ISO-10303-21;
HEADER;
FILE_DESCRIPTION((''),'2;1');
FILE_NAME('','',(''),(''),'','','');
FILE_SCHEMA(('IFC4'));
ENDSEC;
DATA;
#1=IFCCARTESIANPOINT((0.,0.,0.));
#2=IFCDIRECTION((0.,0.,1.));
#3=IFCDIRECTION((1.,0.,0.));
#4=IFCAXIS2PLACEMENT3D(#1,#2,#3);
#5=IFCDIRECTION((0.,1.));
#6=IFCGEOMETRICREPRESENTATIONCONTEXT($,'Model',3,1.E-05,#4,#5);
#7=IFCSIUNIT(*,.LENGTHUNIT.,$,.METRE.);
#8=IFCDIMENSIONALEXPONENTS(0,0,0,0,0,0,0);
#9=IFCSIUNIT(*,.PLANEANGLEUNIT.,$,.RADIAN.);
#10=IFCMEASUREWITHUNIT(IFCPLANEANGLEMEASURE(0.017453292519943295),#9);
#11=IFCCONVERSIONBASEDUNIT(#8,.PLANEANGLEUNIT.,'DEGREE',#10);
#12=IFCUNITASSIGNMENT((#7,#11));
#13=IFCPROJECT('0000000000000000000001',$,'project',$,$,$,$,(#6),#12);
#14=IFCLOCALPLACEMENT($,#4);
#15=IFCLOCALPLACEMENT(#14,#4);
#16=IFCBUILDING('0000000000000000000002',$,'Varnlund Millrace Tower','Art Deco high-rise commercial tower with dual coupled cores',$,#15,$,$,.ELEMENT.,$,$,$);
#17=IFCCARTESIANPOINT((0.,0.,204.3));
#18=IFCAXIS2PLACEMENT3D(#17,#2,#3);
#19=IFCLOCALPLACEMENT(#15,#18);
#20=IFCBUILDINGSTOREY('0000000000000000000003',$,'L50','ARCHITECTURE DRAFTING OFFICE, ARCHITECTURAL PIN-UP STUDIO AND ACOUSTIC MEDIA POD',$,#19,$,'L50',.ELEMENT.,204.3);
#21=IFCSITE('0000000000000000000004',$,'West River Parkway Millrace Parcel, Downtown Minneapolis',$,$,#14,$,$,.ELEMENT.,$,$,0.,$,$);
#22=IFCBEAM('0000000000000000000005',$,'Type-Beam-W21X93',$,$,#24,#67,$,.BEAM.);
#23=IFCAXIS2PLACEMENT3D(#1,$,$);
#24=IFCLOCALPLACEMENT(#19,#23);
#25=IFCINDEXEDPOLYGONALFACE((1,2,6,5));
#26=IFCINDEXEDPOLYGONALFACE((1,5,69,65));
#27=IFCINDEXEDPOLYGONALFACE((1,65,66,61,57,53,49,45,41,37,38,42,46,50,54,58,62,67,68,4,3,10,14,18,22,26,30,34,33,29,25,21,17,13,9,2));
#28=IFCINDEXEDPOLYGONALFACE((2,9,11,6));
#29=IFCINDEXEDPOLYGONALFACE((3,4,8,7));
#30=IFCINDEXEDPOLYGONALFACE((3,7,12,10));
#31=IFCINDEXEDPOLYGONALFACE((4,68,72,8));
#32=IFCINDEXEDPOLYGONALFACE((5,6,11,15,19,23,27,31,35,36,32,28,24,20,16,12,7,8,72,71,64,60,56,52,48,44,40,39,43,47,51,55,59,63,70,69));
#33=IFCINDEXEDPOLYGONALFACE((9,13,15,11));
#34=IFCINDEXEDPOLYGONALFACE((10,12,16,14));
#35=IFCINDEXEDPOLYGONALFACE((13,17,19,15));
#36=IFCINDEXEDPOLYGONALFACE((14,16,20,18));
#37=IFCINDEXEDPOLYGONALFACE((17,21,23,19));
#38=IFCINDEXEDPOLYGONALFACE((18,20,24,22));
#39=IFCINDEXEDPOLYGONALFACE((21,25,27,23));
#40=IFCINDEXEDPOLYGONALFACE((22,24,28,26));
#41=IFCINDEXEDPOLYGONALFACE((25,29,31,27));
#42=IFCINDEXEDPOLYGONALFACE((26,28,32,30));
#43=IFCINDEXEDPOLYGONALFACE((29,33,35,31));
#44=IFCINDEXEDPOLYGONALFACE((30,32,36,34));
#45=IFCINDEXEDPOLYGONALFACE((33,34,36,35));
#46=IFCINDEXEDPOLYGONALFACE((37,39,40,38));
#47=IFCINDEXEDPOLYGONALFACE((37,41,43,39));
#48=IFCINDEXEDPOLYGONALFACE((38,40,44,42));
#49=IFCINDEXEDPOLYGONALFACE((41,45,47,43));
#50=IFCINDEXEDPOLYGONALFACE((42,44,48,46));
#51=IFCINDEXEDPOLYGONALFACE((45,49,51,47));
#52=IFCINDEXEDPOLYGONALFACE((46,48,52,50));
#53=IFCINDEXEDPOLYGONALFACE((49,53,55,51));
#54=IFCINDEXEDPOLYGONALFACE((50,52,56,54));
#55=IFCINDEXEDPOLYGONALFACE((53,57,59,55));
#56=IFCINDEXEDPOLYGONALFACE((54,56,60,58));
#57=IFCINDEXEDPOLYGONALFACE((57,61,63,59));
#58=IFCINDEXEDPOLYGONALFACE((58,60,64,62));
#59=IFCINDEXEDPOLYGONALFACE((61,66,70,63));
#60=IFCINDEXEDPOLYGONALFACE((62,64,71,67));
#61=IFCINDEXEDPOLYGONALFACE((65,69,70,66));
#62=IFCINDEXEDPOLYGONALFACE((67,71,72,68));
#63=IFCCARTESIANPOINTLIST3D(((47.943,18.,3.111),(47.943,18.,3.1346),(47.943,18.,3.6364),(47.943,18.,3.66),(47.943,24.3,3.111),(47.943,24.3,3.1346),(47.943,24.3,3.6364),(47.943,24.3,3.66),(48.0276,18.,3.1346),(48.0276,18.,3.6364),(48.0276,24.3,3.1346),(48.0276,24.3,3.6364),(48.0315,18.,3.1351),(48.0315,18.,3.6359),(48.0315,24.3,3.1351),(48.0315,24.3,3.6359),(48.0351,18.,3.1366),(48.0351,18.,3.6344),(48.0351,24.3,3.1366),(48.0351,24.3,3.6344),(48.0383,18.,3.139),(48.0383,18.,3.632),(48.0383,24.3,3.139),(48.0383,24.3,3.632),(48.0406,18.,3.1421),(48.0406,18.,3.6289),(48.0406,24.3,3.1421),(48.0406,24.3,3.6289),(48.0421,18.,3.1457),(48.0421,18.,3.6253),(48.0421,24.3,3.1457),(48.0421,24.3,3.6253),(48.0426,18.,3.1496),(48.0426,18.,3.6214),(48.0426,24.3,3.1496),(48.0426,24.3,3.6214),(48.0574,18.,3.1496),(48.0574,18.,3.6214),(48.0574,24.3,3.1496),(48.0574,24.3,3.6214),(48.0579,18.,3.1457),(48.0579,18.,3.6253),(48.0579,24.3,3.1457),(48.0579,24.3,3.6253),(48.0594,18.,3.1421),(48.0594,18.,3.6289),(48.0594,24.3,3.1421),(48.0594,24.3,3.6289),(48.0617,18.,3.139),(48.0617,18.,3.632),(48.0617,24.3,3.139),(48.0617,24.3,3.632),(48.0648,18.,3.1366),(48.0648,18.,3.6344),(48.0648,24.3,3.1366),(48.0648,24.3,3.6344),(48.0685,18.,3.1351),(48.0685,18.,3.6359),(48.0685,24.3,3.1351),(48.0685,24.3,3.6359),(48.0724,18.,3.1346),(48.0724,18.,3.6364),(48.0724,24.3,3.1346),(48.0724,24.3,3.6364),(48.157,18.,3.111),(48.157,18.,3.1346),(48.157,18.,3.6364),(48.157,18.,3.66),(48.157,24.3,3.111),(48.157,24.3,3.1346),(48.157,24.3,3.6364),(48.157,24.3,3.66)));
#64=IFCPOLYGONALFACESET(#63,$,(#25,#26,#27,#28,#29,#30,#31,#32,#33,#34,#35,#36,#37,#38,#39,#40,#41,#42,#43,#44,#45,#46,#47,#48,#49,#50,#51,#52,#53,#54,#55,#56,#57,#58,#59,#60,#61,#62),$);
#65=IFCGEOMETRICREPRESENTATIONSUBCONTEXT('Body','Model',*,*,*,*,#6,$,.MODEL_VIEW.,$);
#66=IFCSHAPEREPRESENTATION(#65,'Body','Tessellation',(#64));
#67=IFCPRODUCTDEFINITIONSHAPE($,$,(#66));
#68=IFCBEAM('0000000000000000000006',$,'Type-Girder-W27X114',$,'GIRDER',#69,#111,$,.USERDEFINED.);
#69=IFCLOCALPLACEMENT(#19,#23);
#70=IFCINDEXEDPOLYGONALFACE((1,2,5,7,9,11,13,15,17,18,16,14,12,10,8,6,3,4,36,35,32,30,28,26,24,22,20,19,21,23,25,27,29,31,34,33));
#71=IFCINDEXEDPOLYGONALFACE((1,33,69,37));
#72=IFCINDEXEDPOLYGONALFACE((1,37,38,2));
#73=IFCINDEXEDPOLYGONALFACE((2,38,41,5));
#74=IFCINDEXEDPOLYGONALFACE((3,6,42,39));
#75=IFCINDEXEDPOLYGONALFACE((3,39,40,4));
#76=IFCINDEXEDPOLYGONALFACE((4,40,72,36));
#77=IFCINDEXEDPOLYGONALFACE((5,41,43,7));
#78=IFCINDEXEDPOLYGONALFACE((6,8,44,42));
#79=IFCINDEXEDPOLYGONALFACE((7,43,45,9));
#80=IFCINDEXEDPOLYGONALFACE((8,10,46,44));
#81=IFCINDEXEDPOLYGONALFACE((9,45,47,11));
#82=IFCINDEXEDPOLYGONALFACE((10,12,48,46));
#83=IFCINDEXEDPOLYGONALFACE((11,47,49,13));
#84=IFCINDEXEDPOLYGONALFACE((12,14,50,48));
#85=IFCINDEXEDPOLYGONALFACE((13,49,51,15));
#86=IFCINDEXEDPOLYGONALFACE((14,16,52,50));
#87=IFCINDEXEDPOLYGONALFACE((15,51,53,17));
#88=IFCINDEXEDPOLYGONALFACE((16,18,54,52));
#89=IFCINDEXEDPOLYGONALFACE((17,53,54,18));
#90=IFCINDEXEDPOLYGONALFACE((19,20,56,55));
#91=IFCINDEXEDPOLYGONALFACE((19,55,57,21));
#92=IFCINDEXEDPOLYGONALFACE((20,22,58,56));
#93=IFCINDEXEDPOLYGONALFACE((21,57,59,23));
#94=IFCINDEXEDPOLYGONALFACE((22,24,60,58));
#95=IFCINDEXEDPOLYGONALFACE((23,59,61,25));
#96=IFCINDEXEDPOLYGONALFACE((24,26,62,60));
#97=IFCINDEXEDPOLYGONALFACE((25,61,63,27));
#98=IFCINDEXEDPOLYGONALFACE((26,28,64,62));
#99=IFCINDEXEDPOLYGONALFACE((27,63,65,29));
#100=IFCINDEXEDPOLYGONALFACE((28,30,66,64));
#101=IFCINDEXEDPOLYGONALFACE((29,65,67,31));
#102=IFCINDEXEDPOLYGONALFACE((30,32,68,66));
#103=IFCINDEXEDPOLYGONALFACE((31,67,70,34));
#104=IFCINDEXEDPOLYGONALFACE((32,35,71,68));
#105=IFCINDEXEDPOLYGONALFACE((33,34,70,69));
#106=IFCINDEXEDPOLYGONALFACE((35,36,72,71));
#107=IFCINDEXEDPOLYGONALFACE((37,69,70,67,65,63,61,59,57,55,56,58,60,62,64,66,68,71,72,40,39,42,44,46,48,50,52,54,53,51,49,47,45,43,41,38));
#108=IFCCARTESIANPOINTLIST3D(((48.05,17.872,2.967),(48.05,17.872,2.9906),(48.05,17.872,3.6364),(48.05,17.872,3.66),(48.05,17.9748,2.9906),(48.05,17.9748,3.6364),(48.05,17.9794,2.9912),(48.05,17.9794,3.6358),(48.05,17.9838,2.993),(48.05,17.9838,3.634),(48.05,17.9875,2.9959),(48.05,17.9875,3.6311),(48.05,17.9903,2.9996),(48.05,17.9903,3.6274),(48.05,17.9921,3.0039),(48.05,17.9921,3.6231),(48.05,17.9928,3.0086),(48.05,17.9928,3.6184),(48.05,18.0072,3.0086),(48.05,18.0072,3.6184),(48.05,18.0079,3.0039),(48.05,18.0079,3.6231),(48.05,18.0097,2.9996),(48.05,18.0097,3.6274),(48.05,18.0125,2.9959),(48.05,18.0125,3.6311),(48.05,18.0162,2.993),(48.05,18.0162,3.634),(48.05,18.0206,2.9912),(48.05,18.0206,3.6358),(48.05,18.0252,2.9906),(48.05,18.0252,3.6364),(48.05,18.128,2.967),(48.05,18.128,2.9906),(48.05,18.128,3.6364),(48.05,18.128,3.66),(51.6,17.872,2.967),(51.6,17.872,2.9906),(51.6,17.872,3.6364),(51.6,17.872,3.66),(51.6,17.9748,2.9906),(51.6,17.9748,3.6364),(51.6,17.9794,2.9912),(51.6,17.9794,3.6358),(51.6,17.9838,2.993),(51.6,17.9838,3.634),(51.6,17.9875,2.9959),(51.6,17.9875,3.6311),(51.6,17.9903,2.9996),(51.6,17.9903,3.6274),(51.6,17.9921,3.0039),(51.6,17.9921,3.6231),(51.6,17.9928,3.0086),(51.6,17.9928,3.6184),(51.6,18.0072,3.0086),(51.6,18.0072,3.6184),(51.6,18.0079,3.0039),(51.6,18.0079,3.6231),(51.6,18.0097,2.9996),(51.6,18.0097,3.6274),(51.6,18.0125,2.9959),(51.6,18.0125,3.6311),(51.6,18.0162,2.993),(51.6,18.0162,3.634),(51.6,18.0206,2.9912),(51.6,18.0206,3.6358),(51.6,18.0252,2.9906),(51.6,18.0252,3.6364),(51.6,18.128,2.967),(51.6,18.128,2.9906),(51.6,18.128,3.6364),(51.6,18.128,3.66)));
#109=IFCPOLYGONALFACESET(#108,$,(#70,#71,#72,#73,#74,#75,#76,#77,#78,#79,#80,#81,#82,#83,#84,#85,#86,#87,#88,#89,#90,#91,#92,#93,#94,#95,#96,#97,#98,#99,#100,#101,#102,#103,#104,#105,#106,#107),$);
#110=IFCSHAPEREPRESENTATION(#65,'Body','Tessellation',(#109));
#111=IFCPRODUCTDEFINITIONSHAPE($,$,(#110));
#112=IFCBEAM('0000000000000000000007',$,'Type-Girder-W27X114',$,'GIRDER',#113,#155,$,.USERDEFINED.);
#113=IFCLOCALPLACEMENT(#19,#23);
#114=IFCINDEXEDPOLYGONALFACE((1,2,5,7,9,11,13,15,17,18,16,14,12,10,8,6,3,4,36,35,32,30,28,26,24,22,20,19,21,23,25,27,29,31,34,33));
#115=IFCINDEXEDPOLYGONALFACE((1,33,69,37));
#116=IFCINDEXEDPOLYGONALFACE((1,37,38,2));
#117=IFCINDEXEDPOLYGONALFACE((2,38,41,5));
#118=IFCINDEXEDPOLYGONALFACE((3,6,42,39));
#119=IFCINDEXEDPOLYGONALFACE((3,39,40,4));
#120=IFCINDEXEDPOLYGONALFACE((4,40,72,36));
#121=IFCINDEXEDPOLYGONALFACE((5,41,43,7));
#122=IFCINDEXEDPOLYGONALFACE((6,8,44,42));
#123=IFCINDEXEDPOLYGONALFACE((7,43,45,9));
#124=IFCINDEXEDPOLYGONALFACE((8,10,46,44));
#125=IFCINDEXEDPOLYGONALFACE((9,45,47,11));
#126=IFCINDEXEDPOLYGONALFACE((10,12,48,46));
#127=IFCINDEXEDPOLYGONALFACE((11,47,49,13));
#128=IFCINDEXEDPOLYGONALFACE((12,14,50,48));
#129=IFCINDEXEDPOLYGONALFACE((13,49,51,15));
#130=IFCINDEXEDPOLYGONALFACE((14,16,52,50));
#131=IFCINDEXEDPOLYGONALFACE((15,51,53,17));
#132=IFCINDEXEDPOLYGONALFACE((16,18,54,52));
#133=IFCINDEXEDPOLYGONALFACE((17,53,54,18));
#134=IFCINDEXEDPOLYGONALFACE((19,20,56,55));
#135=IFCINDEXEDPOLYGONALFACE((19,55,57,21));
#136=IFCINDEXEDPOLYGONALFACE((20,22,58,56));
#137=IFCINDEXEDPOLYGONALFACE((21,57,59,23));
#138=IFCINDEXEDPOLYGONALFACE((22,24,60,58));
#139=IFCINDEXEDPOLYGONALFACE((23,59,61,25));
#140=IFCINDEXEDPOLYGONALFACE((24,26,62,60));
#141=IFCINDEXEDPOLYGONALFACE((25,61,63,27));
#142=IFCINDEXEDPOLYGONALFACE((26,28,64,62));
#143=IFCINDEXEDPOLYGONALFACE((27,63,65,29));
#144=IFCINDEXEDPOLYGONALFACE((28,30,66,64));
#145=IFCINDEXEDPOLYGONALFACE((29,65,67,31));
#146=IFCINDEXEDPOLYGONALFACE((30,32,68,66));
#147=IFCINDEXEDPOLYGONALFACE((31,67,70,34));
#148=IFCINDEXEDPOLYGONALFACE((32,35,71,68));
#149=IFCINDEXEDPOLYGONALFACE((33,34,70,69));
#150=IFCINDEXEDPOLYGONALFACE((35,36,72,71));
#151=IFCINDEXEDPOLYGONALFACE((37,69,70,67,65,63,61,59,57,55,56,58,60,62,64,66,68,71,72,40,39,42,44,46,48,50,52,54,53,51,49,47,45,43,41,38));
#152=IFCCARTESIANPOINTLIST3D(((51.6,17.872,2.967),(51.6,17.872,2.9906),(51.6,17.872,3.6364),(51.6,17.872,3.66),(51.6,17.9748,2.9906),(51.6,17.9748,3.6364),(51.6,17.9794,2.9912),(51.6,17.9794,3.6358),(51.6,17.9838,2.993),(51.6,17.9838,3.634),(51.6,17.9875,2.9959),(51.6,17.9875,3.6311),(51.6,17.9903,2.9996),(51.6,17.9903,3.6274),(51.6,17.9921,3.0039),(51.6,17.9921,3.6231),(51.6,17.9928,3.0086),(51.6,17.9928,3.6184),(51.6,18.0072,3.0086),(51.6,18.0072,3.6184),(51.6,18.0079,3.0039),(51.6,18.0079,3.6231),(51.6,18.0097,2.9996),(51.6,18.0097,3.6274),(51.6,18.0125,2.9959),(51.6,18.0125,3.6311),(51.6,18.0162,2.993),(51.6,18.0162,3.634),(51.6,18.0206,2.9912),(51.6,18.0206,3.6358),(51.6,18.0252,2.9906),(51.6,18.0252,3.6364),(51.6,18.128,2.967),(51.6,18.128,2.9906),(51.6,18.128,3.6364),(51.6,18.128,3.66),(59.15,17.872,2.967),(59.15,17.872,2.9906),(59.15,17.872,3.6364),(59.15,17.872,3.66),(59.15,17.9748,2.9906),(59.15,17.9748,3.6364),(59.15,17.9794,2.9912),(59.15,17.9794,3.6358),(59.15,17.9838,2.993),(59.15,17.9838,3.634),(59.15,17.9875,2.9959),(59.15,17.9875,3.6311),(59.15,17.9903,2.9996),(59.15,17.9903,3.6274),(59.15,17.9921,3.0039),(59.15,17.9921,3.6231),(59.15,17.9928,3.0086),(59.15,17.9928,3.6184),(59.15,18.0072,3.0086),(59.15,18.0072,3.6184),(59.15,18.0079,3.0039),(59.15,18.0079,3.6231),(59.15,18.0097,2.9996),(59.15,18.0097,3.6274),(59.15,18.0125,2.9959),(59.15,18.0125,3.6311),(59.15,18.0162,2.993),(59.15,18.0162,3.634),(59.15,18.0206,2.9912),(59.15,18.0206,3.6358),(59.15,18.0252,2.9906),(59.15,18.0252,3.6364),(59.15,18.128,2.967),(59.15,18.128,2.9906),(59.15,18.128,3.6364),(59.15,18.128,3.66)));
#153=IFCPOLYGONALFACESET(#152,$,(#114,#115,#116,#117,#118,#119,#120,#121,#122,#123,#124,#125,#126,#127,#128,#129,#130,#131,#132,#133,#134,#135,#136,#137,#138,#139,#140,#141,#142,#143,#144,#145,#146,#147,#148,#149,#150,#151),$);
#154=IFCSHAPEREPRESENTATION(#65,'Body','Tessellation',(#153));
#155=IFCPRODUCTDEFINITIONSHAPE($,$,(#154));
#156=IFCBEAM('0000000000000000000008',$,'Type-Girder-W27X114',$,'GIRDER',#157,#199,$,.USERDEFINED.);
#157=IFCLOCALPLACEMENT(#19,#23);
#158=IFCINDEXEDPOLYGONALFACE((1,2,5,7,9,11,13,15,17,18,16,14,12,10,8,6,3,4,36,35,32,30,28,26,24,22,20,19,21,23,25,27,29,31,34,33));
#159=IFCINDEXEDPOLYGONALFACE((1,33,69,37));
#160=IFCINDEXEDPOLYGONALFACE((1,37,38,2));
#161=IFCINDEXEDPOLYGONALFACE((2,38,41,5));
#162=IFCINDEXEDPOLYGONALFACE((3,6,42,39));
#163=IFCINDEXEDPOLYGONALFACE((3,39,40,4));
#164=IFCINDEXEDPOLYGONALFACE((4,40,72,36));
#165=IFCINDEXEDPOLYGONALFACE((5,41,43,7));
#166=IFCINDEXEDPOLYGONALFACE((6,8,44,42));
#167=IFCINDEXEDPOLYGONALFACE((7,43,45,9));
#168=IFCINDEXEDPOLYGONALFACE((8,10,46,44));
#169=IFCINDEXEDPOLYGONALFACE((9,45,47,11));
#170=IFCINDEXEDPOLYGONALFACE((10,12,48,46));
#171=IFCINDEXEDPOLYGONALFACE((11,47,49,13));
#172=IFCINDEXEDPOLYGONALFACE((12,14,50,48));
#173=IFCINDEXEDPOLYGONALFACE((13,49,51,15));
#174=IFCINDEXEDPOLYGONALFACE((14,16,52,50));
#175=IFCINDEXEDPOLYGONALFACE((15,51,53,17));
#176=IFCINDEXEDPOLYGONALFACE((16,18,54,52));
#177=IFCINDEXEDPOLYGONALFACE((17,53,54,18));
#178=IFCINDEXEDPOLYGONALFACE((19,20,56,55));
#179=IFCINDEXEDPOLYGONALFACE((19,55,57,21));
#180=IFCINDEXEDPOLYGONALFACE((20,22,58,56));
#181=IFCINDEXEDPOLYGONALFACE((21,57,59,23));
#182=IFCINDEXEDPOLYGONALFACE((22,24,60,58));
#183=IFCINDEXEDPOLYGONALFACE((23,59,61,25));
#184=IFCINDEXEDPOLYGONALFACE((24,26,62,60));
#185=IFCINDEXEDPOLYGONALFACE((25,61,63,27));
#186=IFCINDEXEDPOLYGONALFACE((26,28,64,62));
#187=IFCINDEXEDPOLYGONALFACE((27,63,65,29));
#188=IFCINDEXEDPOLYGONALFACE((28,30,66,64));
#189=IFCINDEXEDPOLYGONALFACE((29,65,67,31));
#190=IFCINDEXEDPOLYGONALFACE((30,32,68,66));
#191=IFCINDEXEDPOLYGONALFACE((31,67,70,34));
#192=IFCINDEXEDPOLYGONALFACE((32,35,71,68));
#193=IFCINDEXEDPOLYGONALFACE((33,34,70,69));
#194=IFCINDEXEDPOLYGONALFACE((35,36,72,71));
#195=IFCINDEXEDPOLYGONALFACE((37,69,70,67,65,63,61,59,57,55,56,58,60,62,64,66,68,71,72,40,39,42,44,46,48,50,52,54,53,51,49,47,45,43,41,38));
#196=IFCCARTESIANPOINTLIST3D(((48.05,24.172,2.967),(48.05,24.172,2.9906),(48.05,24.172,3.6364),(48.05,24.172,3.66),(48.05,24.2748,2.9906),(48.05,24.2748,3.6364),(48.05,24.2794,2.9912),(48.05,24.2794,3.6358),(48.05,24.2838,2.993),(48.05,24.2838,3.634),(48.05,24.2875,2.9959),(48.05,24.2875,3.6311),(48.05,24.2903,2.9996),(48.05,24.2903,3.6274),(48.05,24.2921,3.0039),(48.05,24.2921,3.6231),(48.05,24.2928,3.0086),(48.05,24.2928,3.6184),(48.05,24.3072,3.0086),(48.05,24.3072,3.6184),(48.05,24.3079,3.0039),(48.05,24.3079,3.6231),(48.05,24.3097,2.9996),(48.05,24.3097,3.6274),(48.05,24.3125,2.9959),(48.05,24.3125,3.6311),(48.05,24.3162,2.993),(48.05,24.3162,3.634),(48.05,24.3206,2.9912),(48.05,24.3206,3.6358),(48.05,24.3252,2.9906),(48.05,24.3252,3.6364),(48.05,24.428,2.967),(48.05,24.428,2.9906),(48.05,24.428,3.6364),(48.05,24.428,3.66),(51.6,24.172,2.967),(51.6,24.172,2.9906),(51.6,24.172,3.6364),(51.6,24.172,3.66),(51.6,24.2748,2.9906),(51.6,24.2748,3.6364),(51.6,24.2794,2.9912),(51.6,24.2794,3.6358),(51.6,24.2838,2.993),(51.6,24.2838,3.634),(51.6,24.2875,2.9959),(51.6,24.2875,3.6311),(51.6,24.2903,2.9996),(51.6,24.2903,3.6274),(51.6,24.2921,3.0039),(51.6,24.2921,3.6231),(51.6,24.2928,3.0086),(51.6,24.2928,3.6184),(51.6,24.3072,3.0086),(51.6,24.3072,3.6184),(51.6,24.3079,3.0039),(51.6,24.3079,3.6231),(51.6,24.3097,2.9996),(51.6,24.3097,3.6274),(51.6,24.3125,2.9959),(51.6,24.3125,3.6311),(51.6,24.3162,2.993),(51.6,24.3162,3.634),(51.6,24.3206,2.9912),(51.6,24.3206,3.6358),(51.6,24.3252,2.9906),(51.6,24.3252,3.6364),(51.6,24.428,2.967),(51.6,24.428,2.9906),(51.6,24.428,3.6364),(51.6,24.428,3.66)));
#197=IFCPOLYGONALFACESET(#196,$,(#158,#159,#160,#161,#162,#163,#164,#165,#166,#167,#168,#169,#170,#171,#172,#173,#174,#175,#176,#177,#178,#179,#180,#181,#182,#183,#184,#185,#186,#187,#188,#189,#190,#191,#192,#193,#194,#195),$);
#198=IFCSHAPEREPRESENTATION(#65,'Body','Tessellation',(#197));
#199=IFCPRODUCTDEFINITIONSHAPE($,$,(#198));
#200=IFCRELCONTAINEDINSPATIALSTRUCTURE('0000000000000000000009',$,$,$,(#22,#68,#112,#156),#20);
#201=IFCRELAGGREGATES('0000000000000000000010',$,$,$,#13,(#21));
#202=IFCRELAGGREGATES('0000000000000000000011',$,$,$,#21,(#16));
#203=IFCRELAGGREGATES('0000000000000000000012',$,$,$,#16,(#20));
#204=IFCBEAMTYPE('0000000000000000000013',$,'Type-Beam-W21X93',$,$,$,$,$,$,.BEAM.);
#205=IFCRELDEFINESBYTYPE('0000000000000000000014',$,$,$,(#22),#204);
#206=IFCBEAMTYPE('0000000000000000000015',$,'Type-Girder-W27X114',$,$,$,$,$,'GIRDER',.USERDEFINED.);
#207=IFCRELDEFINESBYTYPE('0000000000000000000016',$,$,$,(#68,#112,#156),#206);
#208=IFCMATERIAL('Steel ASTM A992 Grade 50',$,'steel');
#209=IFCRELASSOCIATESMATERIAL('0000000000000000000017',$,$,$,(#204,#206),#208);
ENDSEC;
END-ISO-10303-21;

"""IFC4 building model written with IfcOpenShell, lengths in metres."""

from ifc_helpers import new_model, entity, si_unit, converted_unit, direction, frame, origin_with_axes, origin_2d_with_axis, place, context, subcontext, project, spatial, i_section, extrude, material, material_profile, profile_set, type_object, element, save


model = new_model("IFC4")

# Units and contexts
model_context = context("Model", 3, precision=1e-05, world=origin_with_axes(), true_north=direction((0.0, 1.0)))
body_context = subcontext(model_context, "Body", "Model", "MODEL_VIEW")
ifc_project = project(units=[si_unit("LENGTHUNIT", "METRE"), converted_unit("PLANEANGLEUNIT", "DEGREE", entity("IfcPlaneAngleMeasure", 0.017453292519943295), si_unit("PLANEANGLEUNIT", "RADIAN"), dimensions=[0, 0, 0, 0, 0, 0, 0])], contexts=[model_context])

# Site, building, storey
site_placement = place(None, origin_with_axes())
site = spatial("IfcSite", under=ifc_project, at=site_placement, Name="West River Parkway Millrace Parcel, Downtown Minneapolis", CompositionType="ELEMENT", RefElevation=0.0)
building_placement = place(site_placement, origin_with_axes())
building = spatial("IfcBuilding", under=site, at=building_placement, Name="Varnlund Millrace Tower", Description="Art Deco high-rise commercial tower with dual coupled cores", CompositionType="ELEMENT")
storey_placement = place(building_placement, frame((0.0, 0.0, 204.3), z_axis=(0.0, 0.0, 1.0), x_axis=(1.0, 0.0, 0.0)))
storey = spatial("IfcBuildingStorey", under=building, at=storey_placement, Name="L50", Description="ARCHITECTURE DRAFTING OFFICE, ARCHITECTURAL PIN-UP STUDIO AND ACOUSTIC MEDIA POD", LongName="L50", CompositionType="ELEMENT", Elevation=204.3)

# Beams
ifc_material_1 = material(Name="Steel ASTM A992 Grade 50", Category="steel")
ifc_material_profile_1 = material_profile(ifc_material_1, i_section(OverallWidth=0.214, OverallDepth=0.549, WebThickness=0.0147, FlangeThickness=0.0236, FilletRadius=0.015, at=origin_2d_with_axis()), Name="Steel ASTM A992 Grade 50")
ifc_profile_set_1 = profile_set([ifc_material_profile_1], Name="Steel ASTM A992 Grade 50")
beam_type_1 = type_object("IfcBeamType", Name="Type-Beam-W21X93", PredefinedType="BEAM", material=ifc_profile_set_1)
beam_1_placement = place(storey_placement, frame((48.05, 18.0, 3.3855), z_axis=(0.0, 1.0, 0.0), x_axis=(-1.0, 0.0, 0.0)))
element("IfcBeam", 1, at=beam_1_placement, inside=storey, type_object=beam_type_1, Name="Type-Beam-W21X93", PredefinedType="BEAM", context=body_context, shape_type="SweptSolid", body=[
    extrude(i_section(OverallWidth=0.214, OverallDepth=0.549, WebThickness=0.0147, FlangeThickness=0.0236, FilletRadius=0.015, at=origin_2d_with_axis()), origin_with_axes(), (0.0, 0.0, 1.0), 6.3),
])
ifc_material_profile_2 = material_profile(ifc_material_1, i_section(OverallWidth=0.256, OverallDepth=0.693, WebThickness=0.0145, FlangeThickness=0.0236, FilletRadius=0.018, at=origin_2d_with_axis()), Name="Steel ASTM A992 Grade 50")
ifc_profile_set_2 = profile_set([ifc_material_profile_2], Name="Steel ASTM A992 Grade 50")
beam_type_2 = type_object("IfcBeamType", Name="Type-Girder-W27X114", ElementType="GIRDER", PredefinedType="USERDEFINED", material=ifc_profile_set_2)
beam_2_placement = place(storey_placement, frame((48.05, 18.0, 3.3135), z_axis=(1.0, 0.0, 0.0), x_axis=(0.0, 1.0, 0.0)))
element("IfcBeam", 2, at=beam_2_placement, inside=storey, type_object=beam_type_2, Name="Type-Girder-W27X114", ObjectType="GIRDER", PredefinedType="USERDEFINED", context=body_context, shape_type="SweptSolid", body=[
    extrude(i_section(OverallWidth=0.256, OverallDepth=0.693, WebThickness=0.0145, FlangeThickness=0.0236, FilletRadius=0.018, at=origin_2d_with_axis()), origin_with_axes(), (0.0, 0.0, 1.0), 3.55),
])
beam_3_placement = place(storey_placement, frame((51.6, 18.0, 3.3135), z_axis=(1.0, 0.0, 0.0), x_axis=(0.0, 1.0, 0.0)))
element("IfcBeam", 3, at=beam_3_placement, inside=storey, type_object=beam_type_2, Name="Type-Girder-W27X114", ObjectType="GIRDER", PredefinedType="USERDEFINED", context=body_context, shape_type="SweptSolid", body=[
    extrude(i_section(OverallWidth=0.256, OverallDepth=0.693, WebThickness=0.0145, FlangeThickness=0.0236, FilletRadius=0.018, at=origin_2d_with_axis()), origin_with_axes(), (0.0, 0.0, 1.0), 7.55),
])
beam_4_placement = place(storey_placement, frame((48.05, 24.3, 3.3135), z_axis=(1.0, 0.0, 0.0), x_axis=(0.0, 1.0, 0.0)))
element("IfcBeam", 4, at=beam_4_placement, inside=storey, type_object=beam_type_2, Name="Type-Girder-W27X114", ObjectType="GIRDER", PredefinedType="USERDEFINED", context=body_context, shape_type="SweptSolid", body=[
    extrude(i_section(OverallWidth=0.256, OverallDepth=0.693, WebThickness=0.0145, FlangeThickness=0.0236, FilletRadius=0.018, at=origin_2d_with_axis()), origin_with_axes(), (0.0, 0.0, 1.0), 3.55),
])

save(model, "model.ifc")
